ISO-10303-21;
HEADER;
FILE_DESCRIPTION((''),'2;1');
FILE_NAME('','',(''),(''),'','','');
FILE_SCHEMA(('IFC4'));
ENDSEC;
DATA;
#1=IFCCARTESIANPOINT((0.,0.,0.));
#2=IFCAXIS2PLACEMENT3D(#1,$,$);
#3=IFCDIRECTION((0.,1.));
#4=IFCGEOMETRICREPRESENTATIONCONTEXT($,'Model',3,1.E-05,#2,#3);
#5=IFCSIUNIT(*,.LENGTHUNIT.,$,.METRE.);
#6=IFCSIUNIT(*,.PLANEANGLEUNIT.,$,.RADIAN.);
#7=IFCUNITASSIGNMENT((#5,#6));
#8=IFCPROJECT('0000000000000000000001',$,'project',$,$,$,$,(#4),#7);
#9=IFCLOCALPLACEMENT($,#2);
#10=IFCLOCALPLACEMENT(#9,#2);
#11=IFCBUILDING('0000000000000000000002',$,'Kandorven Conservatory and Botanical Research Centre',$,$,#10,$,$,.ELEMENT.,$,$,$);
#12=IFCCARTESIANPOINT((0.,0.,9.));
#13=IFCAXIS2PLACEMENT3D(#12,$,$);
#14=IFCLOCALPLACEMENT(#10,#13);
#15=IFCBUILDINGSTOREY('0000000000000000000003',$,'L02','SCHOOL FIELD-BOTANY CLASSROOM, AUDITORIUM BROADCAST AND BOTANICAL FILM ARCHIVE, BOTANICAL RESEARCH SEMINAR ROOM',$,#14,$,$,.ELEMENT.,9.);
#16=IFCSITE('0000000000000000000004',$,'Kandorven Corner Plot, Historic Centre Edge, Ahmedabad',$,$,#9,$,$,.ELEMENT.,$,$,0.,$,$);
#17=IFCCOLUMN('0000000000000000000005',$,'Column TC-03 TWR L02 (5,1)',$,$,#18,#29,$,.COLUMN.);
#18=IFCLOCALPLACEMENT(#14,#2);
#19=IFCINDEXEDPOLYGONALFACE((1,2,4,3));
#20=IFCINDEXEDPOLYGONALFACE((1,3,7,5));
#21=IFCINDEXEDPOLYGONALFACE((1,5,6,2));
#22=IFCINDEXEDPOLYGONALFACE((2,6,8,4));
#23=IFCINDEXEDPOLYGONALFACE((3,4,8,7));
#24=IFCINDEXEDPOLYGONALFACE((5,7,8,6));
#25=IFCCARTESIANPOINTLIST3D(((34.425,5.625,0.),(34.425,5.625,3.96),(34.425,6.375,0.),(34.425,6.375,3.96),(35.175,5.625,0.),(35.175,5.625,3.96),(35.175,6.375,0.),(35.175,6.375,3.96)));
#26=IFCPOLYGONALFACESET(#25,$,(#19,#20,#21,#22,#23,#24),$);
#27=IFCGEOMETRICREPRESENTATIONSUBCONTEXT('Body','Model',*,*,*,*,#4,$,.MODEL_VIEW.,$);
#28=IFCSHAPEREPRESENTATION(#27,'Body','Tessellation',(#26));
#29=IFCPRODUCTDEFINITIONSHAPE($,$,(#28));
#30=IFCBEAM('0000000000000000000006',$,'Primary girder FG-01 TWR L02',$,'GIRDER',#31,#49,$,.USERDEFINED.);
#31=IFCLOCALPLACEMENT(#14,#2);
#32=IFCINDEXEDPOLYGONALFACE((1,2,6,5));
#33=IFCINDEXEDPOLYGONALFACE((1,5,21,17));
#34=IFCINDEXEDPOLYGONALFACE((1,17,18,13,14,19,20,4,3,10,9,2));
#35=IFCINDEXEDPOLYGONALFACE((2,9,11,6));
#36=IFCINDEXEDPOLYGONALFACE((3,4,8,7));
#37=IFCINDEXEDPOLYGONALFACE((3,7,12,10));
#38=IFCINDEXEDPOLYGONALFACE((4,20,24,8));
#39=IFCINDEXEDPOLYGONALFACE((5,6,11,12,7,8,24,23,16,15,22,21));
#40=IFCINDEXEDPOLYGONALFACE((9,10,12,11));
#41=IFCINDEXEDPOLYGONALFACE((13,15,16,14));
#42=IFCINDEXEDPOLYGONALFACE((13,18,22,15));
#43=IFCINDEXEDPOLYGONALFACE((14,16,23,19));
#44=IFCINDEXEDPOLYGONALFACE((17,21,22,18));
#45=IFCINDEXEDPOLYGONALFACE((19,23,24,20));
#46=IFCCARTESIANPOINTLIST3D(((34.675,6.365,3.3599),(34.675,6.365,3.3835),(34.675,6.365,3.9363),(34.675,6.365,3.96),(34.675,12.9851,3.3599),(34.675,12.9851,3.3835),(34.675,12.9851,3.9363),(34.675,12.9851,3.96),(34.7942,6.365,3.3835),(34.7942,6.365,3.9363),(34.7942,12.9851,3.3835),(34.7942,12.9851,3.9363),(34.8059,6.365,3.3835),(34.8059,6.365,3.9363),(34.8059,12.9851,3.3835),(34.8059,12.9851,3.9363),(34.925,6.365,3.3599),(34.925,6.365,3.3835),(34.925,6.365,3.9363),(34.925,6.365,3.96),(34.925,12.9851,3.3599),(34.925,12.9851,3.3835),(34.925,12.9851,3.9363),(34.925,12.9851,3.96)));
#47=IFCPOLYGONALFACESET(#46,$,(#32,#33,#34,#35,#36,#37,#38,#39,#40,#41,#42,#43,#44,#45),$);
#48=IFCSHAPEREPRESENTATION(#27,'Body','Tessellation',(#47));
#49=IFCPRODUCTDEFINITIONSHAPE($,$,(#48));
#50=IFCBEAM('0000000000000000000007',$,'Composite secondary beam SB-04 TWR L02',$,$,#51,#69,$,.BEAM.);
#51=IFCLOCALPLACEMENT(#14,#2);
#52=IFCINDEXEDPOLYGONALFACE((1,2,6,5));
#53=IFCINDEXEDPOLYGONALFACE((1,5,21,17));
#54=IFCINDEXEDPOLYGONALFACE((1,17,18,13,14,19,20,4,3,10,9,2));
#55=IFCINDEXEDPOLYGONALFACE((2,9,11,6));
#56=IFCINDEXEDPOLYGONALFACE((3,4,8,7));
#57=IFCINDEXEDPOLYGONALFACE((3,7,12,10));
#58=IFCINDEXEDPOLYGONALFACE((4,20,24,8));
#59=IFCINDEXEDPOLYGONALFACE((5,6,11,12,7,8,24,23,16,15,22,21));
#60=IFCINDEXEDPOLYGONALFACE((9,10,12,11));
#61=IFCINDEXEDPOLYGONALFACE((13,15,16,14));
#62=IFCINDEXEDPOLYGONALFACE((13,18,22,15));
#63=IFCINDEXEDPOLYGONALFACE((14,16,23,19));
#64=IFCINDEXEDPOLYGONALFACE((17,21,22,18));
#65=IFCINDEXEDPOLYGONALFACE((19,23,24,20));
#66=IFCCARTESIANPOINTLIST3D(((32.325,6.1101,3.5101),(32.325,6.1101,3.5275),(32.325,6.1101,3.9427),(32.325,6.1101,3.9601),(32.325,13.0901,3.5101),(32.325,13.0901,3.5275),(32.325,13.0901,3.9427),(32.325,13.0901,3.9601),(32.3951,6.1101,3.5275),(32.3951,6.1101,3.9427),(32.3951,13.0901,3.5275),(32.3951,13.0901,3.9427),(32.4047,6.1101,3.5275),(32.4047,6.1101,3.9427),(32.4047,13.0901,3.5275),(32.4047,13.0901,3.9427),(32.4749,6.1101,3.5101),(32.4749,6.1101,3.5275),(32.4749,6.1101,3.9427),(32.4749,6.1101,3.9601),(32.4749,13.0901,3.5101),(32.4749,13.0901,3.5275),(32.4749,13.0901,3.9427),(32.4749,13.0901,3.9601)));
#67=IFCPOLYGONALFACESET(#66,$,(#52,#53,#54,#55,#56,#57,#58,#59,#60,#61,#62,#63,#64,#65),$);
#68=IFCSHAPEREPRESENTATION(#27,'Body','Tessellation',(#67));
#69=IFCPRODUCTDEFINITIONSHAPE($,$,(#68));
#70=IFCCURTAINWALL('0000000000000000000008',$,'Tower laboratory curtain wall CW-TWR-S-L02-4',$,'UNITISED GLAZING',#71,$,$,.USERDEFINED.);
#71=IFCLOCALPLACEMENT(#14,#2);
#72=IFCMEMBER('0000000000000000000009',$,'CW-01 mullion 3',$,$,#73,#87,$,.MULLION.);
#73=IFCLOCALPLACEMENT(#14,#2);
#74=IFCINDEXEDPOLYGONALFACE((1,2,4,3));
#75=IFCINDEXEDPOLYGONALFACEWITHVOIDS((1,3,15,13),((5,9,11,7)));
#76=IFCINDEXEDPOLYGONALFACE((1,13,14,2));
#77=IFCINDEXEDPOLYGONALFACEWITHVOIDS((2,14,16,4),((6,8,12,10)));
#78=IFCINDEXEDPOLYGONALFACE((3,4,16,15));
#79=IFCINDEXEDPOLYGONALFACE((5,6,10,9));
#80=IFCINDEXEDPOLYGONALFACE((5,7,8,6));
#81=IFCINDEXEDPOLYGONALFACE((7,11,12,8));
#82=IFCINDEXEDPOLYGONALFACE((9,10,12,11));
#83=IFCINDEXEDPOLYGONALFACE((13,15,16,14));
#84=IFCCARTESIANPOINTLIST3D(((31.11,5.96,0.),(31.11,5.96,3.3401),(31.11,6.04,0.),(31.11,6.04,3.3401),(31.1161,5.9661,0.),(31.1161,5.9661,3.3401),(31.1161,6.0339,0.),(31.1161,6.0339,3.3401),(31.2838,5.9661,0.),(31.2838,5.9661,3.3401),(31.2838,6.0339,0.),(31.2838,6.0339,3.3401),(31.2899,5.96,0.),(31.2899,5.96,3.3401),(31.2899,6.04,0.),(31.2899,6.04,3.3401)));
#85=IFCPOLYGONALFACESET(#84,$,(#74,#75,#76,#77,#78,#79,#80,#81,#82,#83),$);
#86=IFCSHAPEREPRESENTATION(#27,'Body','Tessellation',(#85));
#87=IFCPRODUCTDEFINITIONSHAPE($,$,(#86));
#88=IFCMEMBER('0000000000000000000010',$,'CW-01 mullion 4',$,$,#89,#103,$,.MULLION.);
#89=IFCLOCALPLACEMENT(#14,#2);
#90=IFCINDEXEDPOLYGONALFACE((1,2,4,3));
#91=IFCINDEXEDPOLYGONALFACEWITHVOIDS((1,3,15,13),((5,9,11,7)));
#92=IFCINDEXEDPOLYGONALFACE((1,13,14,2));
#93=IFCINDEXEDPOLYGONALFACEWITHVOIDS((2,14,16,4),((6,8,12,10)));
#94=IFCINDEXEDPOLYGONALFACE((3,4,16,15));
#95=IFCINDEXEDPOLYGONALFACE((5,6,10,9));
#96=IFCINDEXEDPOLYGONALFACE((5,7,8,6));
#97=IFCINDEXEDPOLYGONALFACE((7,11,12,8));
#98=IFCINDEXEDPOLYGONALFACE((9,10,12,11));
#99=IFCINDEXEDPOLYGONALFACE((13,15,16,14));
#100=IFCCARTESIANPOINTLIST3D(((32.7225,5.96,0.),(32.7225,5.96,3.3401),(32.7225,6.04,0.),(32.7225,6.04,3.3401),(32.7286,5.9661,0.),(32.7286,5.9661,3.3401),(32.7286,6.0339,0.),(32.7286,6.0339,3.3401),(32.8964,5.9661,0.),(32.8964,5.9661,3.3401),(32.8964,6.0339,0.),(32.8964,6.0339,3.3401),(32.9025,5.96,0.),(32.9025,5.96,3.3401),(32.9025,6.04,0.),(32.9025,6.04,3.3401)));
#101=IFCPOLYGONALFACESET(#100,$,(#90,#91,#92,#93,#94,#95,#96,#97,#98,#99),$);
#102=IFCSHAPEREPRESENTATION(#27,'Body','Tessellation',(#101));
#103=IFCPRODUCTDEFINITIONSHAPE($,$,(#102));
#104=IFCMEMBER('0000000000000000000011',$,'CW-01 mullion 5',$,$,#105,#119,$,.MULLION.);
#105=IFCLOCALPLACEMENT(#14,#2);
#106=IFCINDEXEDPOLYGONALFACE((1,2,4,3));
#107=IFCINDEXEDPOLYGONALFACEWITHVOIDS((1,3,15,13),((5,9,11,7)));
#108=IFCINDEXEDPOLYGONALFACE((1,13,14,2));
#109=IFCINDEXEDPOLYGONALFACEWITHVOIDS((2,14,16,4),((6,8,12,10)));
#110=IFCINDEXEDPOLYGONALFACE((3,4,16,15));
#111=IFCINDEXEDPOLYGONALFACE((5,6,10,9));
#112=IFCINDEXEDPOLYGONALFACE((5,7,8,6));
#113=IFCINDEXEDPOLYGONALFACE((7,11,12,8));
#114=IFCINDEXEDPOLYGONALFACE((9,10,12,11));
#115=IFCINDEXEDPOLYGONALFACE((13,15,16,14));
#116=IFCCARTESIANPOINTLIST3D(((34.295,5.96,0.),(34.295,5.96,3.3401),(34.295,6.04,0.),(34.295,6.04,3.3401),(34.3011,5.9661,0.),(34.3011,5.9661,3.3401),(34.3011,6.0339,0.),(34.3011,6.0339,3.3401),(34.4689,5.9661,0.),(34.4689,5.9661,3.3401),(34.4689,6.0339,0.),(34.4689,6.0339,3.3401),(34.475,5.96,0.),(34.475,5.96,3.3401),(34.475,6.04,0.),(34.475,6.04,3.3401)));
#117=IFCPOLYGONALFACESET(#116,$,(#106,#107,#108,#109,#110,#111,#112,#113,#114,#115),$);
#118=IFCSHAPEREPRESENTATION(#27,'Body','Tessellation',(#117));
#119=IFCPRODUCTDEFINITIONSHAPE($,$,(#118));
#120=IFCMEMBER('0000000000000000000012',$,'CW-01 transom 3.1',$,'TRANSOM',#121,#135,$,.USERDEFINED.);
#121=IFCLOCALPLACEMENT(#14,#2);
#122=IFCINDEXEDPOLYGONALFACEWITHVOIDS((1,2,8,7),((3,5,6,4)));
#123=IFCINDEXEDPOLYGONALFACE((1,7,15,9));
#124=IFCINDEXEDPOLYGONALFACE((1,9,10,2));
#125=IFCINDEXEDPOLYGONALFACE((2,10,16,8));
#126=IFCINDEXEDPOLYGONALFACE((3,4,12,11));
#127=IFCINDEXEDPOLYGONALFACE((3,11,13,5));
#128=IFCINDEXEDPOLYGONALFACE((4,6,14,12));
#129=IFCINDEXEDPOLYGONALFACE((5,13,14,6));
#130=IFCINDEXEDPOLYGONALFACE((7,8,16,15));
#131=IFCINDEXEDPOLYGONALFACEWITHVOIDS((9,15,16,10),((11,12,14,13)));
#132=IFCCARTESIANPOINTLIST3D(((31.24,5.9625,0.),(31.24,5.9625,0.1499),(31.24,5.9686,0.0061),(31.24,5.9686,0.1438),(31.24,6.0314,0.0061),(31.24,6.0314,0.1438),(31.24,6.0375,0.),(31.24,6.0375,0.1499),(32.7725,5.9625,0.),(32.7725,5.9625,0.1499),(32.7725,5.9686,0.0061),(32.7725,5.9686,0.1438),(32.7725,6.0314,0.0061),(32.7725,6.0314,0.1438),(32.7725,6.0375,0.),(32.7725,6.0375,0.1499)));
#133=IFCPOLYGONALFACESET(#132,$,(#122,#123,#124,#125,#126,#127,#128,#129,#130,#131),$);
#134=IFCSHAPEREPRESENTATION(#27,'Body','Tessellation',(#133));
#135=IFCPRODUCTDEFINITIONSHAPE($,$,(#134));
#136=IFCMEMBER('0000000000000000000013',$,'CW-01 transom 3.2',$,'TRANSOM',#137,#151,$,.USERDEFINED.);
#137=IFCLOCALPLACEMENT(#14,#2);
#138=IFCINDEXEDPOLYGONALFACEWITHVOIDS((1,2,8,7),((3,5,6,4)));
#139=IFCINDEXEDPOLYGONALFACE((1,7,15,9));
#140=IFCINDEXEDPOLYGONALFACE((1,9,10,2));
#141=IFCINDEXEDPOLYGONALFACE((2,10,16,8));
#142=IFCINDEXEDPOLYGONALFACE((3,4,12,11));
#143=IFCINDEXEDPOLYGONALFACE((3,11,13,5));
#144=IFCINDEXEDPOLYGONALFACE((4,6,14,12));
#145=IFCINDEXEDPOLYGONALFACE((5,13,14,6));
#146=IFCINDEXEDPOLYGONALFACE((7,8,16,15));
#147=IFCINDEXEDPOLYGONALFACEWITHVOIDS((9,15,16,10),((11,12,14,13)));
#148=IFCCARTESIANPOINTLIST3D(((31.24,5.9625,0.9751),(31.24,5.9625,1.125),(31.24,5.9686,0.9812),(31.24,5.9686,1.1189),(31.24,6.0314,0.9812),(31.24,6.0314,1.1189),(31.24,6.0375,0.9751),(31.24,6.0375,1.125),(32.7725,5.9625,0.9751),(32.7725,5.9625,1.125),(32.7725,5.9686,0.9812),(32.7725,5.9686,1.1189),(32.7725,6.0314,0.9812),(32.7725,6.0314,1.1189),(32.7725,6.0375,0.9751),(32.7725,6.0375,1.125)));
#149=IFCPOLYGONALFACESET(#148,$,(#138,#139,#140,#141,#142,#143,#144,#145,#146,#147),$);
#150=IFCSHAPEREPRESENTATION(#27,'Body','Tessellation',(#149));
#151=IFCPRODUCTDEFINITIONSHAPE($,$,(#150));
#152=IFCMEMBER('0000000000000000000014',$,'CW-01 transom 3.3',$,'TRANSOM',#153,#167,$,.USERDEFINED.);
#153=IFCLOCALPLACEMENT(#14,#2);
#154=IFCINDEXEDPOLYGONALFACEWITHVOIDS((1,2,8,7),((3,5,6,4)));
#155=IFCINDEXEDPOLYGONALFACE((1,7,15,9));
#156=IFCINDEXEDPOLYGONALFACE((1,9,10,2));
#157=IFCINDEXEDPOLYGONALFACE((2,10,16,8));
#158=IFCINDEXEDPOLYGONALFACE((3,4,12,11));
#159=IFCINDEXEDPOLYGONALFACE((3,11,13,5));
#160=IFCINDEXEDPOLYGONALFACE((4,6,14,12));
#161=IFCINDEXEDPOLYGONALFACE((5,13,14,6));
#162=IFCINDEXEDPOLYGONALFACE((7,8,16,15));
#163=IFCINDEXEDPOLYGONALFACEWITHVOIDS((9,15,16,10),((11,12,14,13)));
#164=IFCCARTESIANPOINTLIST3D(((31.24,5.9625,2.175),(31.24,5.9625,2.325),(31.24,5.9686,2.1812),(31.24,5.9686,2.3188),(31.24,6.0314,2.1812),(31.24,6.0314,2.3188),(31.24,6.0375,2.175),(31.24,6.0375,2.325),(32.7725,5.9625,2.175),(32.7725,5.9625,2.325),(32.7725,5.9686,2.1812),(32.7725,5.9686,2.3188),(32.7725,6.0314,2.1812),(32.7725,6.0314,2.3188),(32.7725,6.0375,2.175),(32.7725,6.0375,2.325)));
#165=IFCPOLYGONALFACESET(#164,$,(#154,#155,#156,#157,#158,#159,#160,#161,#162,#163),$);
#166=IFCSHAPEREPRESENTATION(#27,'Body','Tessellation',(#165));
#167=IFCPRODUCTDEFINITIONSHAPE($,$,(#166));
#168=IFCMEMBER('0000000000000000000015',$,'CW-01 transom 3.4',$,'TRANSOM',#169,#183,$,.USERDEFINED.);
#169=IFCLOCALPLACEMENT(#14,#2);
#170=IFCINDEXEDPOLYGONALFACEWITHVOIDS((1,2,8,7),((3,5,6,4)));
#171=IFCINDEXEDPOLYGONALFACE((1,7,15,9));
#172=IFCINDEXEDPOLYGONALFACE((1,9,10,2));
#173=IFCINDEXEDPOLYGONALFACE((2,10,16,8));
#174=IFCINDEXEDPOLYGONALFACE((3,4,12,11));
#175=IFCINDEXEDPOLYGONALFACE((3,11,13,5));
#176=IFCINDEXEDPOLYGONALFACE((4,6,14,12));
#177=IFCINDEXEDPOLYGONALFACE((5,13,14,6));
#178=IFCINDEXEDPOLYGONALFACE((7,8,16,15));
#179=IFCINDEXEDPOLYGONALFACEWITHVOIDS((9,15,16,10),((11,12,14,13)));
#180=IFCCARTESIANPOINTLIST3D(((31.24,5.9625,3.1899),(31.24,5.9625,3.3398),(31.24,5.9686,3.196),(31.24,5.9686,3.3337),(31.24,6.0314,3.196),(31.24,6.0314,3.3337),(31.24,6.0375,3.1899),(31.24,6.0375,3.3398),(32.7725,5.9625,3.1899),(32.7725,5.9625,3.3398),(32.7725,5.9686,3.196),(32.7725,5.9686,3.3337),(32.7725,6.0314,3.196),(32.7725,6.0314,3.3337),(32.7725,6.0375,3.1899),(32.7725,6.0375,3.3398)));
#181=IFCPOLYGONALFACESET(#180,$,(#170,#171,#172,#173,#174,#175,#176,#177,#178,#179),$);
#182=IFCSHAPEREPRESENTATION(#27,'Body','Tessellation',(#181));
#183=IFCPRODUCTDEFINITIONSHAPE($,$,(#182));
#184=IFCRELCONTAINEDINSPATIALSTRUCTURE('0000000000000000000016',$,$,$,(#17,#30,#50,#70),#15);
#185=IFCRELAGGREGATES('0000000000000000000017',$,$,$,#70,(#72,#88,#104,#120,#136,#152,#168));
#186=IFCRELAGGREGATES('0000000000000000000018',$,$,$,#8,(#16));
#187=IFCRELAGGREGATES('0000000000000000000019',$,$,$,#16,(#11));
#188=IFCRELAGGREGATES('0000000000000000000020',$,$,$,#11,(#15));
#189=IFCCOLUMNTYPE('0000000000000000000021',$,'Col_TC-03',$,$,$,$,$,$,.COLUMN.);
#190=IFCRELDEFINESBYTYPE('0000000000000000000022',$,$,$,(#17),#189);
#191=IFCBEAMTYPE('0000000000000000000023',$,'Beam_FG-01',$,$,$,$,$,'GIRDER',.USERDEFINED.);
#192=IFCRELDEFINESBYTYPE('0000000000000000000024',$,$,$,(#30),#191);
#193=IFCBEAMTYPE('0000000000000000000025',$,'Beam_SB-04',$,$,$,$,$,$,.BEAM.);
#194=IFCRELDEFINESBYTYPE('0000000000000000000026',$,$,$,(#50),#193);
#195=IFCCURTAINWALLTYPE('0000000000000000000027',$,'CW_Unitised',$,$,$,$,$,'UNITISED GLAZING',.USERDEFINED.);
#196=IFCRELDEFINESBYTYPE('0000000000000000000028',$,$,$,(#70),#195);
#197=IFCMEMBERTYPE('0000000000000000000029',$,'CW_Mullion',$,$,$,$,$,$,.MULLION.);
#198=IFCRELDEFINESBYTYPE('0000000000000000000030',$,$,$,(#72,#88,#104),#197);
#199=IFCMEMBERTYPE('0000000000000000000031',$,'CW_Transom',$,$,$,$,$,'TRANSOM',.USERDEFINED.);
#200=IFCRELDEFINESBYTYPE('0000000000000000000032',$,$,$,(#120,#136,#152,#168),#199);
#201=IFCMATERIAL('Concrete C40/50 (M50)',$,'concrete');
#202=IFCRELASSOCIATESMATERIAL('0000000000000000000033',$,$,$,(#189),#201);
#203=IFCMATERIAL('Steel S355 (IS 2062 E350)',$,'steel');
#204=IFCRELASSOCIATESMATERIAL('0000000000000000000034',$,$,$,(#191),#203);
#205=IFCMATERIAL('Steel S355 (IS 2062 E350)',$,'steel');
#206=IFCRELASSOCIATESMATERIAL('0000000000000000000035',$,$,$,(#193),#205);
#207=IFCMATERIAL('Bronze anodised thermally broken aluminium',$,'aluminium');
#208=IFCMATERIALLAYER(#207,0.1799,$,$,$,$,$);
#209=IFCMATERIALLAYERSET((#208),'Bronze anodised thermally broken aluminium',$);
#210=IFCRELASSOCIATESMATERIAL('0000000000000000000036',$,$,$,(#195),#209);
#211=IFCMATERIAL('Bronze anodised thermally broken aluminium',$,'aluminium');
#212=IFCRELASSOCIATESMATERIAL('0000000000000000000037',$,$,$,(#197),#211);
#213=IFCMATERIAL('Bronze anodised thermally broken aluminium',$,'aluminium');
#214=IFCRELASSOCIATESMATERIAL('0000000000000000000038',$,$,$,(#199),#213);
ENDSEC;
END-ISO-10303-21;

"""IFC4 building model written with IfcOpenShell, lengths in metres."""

from ifc_helpers import new_model, si_unit, direction, frame, origin, origin_2d, place, context, subcontext, project, spatial, rectangle, hollow_rectangle, i_section, extrude, material, layer, layer_set, material_profile, profile_set, type_object, element, aggregate, save


model = new_model("IFC4")

# Units and contexts
model_context = context("Model", 3, precision=1e-05, world=origin(), true_north=direction((0.0, 1.0)))
body_context = subcontext(model_context, "Body", "Model", "MODEL_VIEW")
ifc_project = project(units=[si_unit("LENGTHUNIT", "METRE"), si_unit("PLANEANGLEUNIT", "RADIAN")], contexts=[model_context])

# Site, building, storey
site_placement = place(None, origin())
site = spatial("IfcSite", under=ifc_project, at=site_placement, Name="Kandorven Corner Plot, Historic Centre Edge, Ahmedabad", CompositionType="ELEMENT", RefElevation=0.0)
building_placement = place(site_placement, origin())
building = spatial("IfcBuilding", under=site, at=building_placement, Name="Kandorven Conservatory and Botanical Research Centre", CompositionType="ELEMENT")
storey_placement = place(building_placement, frame((0.0, 0.0, 9.0)))
storey = spatial("IfcBuildingStorey", under=building, at=storey_placement, Name="L02", Description="SCHOOL FIELD-BOTANY CLASSROOM, AUDITORIUM BROADCAST AND BOTANICAL FILM ARCHIVE, BOTANICAL RESEARCH SEMINAR ROOM", CompositionType="ELEMENT", Elevation=9.0)

# Column
ifc_material_1 = material(Name="Concrete C40/50 (M50)", Category="concrete")
ifc_material_profile_1 = material_profile(ifc_material_1, rectangle(XDim=0.75, YDim=0.75, at=origin_2d()))
ifc_profile_set_1 = profile_set([ifc_material_profile_1], Name="Concrete C40/50 (M50)")
column_type = type_object("IfcColumnType", Name="Col_TC-03", PredefinedType="COLUMN", material=ifc_profile_set_1)
column_placement = place(storey_placement, frame((34.8, 6.0, 0.0), z_axis=(0.0, 0.0, 1.0), x_axis=(1.0, 0.0, 0.0)))
element("IfcColumn", 1, at=column_placement, inside=storey, type_object=column_type, Name="Column TC-03 TWR L02 (5,1)", PredefinedType="COLUMN", context=body_context, shape_type="SweptSolid", body=[
    extrude(rectangle(XDim=0.75, YDim=0.75, at=origin_2d()), origin(), (0.0, 0.0, 1.0), 3.96),
])

# Beams
ifc_material_2 = material(Name="Steel S355 (IS 2062 E350)", Category="steel")
ifc_material_profile_2 = material_profile(ifc_material_2, i_section(OverallWidth=0.25, OverallDepth=0.6001, WebThickness=0.0117, FlangeThickness=0.0237, at=origin_2d()))
ifc_profile_set_2 = profile_set([ifc_material_profile_2], Name="Steel S355 (IS 2062 E350)")
beam_type_1 = type_object("IfcBeamType", Name="Beam_FG-01", ElementType="GIRDER", PredefinedType="USERDEFINED", material=ifc_profile_set_2)
beam_1_placement = place(storey_placement, frame((34.8, 6.365, 3.6599), z_axis=(0.0, 1.0, 0.0), x_axis=(-1.0, 0.0, 0.0)))
element("IfcBeam", 2, at=beam_1_placement, inside=storey, type_object=beam_type_1, Name="Primary girder FG-01 TWR L02", ObjectType="GIRDER", PredefinedType="USERDEFINED", context=body_context, shape_type="SweptSolid", body=[
    extrude(i_section(OverallWidth=0.25, OverallDepth=0.6001, WebThickness=0.0117, FlangeThickness=0.0237, at=origin_2d()), origin(), (0.0, 0.0, 1.0), 6.6201),
])
ifc_material_3 = material(Name="Steel S355 (IS 2062 E350)", Category="steel")
ifc_material_profile_3 = material_profile(ifc_material_3, i_section(OverallWidth=0.1499, OverallDepth=0.45, WebThickness=0.0095, FlangeThickness=0.0173, at=origin_2d()))
ifc_profile_set_3 = profile_set([ifc_material_profile_3], Name="Steel S355 (IS 2062 E350)")
beam_type_2 = type_object("IfcBeamType", Name="Beam_SB-04", PredefinedType="BEAM", material=ifc_profile_set_3)
beam_2_placement = place(storey_placement, frame((32.3999, 6.1101, 3.7351), z_axis=(0.0, 1.0, 0.0), x_axis=(-1.0, 0.0, 0.0)))
element("IfcBeam", 3, at=beam_2_placement, inside=storey, type_object=beam_type_2, Name="Composite secondary beam SB-04 TWR L02", PredefinedType="BEAM", context=body_context, shape_type="SweptSolid", body=[
    extrude(i_section(OverallWidth=0.1499, OverallDepth=0.45, WebThickness=0.0095, FlangeThickness=0.0173, at=origin_2d()), origin(), (0.0, 0.0, 1.0), 6.98),
])

# Curtain wall, members
ifc_material_4 = material(Name="Bronze anodised thermally broken aluminium", Category="aluminium")
ifc_layer_1 = layer(ifc_material_4, 0.1799)
ifc_layer_set_1 = layer_set([ifc_layer_1], Name="Bronze anodised thermally broken aluminium")
curtain_wall_type = type_object("IfcCurtainWallType", Name="CW_Unitised", ElementType="UNITISED GLAZING", PredefinedType="USERDEFINED", material=ifc_layer_set_1)
curtain_wall_placement = place(storey_placement, origin())
curtain_wall = element("IfcCurtainWall", 4, at=curtain_wall_placement, inside=storey, type_object=curtain_wall_type, Name="Tower laboratory curtain wall CW-TWR-S-L02-4", ObjectType="UNITISED GLAZING", PredefinedType="USERDEFINED")
ifc_material_5 = material(Name="Bronze anodised thermally broken aluminium", Category="aluminium")
ifc_material_profile_4 = material_profile(ifc_material_5, hollow_rectangle(XDim=0.0801, YDim=0.1799, WallThickness=0.0061, at=origin_2d()))
ifc_profile_set_4 = profile_set([ifc_material_profile_4], Name="Bronze anodised thermally broken aluminium")
member_type_1 = type_object("IfcMemberType", Name="CW_Mullion", PredefinedType="MULLION", material=ifc_profile_set_4)
member_1_placement = place(storey_placement, frame((31.2, 6.0, 0.0), z_axis=(0.0, 0.0, 1.0), x_axis=(0.0, 1.0, 0.0)))
member_1 = element("IfcMember", 5, at=member_1_placement, type_object=member_type_1, Name="CW-01 mullion 3", PredefinedType="MULLION", context=body_context, shape_type="SweptSolid", body=[
    extrude(hollow_rectangle(XDim=0.0801, YDim=0.1799, WallThickness=0.0061, at=origin_2d()), origin(), (0.0, 0.0, 1.0), 3.3401),
])
member_2_placement = place(storey_placement, frame((32.8125, 6.0, 0.0), z_axis=(0.0, 0.0, 1.0), x_axis=(0.0, 1.0, 0.0)))
member_2 = element("IfcMember", 6, at=member_2_placement, type_object=member_type_1, Name="CW-01 mullion 4", PredefinedType="MULLION", context=body_context, shape_type="SweptSolid", body=[
    extrude(hollow_rectangle(XDim=0.0801, YDim=0.1799, WallThickness=0.0061, at=origin_2d()), origin(), (0.0, 0.0, 1.0), 3.3401),
])
member_3_placement = place(storey_placement, frame((34.385, 6.0, 0.0), z_axis=(0.0, 0.0, 1.0), x_axis=(0.0, 1.0, 0.0)))
member_3 = element("IfcMember", 7, at=member_3_placement, type_object=member_type_1, Name="CW-01 mullion 5", PredefinedType="MULLION", context=body_context, shape_type="SweptSolid", body=[
    extrude(hollow_rectangle(XDim=0.0801, YDim=0.1799, WallThickness=0.0061, at=origin_2d()), origin(), (0.0, 0.0, 1.0), 3.3401),
])
ifc_material_6 = material(Name="Bronze anodised thermally broken aluminium", Category="aluminium")
ifc_material_profile_5 = material_profile(ifc_material_6, hollow_rectangle(XDim=0.075, YDim=0.1499, WallThickness=0.0061, at=origin_2d()))
ifc_profile_set_5 = profile_set([ifc_material_profile_5], Name="Bronze anodised thermally broken aluminium")
member_type_2 = type_object("IfcMemberType", Name="CW_Transom", ElementType="TRANSOM", PredefinedType="USERDEFINED", material=ifc_profile_set_5)
member_4_placement = place(storey_placement, frame((31.24, 6.0, 0.075), z_axis=(1.0, 0.0, 0.0), x_axis=(0.0, 1.0, 0.0)))
member_4 = element("IfcMember", 8, at=member_4_placement, type_object=member_type_2, Name="CW-01 transom 3.1", ObjectType="TRANSOM", PredefinedType="USERDEFINED", context=body_context, shape_type="SweptSolid", body=[
    extrude(hollow_rectangle(XDim=0.075, YDim=0.1499, WallThickness=0.0061, at=origin_2d()), origin(), (0.0, 0.0, 1.0), 1.5325),
])
member_5_placement = place(storey_placement, frame((31.24, 6.0, 1.05), z_axis=(1.0, 0.0, 0.0), x_axis=(0.0, 1.0, 0.0)))
member_5 = element("IfcMember", 9, at=member_5_placement, type_object=member_type_2, Name="CW-01 transom 3.2", ObjectType="TRANSOM", PredefinedType="USERDEFINED", context=body_context, shape_type="SweptSolid", body=[
    extrude(hollow_rectangle(XDim=0.075, YDim=0.1499, WallThickness=0.0061, at=origin_2d()), origin(), (0.0, 0.0, 1.0), 1.5325),
])
member_6_placement = place(storey_placement, frame((31.24, 6.0, 2.25), z_axis=(1.0, 0.0, 0.0), x_axis=(0.0, 1.0, 0.0)))
member_6 = element("IfcMember", 10, at=member_6_placement, type_object=member_type_2, Name="CW-01 transom 3.3", ObjectType="TRANSOM", PredefinedType="USERDEFINED", context=body_context, shape_type="SweptSolid", body=[
    extrude(hollow_rectangle(XDim=0.075, YDim=0.1499, WallThickness=0.0061, at=origin_2d()), origin(), (0.0, 0.0, 1.0), 1.5325),
])
member_7_placement = place(storey_placement, frame((31.24, 6.0, 3.2649), z_axis=(1.0, 0.0, 0.0), x_axis=(0.0, 1.0, 0.0)))
member_7 = element("IfcMember", 11, at=member_7_placement, type_object=member_type_2, Name="CW-01 transom 3.4", ObjectType="TRANSOM", PredefinedType="USERDEFINED", context=body_context, shape_type="SweptSolid", body=[
    extrude(hollow_rectangle(XDim=0.075, YDim=0.1499, WallThickness=0.0061, at=origin_2d()), origin(), (0.0, 0.0, 1.0), 1.5325),
])
aggregate(curtain_wall, [member_1, member_2, member_3, member_4, member_5, member_6, member_7])

save(model, "model.ifc")
